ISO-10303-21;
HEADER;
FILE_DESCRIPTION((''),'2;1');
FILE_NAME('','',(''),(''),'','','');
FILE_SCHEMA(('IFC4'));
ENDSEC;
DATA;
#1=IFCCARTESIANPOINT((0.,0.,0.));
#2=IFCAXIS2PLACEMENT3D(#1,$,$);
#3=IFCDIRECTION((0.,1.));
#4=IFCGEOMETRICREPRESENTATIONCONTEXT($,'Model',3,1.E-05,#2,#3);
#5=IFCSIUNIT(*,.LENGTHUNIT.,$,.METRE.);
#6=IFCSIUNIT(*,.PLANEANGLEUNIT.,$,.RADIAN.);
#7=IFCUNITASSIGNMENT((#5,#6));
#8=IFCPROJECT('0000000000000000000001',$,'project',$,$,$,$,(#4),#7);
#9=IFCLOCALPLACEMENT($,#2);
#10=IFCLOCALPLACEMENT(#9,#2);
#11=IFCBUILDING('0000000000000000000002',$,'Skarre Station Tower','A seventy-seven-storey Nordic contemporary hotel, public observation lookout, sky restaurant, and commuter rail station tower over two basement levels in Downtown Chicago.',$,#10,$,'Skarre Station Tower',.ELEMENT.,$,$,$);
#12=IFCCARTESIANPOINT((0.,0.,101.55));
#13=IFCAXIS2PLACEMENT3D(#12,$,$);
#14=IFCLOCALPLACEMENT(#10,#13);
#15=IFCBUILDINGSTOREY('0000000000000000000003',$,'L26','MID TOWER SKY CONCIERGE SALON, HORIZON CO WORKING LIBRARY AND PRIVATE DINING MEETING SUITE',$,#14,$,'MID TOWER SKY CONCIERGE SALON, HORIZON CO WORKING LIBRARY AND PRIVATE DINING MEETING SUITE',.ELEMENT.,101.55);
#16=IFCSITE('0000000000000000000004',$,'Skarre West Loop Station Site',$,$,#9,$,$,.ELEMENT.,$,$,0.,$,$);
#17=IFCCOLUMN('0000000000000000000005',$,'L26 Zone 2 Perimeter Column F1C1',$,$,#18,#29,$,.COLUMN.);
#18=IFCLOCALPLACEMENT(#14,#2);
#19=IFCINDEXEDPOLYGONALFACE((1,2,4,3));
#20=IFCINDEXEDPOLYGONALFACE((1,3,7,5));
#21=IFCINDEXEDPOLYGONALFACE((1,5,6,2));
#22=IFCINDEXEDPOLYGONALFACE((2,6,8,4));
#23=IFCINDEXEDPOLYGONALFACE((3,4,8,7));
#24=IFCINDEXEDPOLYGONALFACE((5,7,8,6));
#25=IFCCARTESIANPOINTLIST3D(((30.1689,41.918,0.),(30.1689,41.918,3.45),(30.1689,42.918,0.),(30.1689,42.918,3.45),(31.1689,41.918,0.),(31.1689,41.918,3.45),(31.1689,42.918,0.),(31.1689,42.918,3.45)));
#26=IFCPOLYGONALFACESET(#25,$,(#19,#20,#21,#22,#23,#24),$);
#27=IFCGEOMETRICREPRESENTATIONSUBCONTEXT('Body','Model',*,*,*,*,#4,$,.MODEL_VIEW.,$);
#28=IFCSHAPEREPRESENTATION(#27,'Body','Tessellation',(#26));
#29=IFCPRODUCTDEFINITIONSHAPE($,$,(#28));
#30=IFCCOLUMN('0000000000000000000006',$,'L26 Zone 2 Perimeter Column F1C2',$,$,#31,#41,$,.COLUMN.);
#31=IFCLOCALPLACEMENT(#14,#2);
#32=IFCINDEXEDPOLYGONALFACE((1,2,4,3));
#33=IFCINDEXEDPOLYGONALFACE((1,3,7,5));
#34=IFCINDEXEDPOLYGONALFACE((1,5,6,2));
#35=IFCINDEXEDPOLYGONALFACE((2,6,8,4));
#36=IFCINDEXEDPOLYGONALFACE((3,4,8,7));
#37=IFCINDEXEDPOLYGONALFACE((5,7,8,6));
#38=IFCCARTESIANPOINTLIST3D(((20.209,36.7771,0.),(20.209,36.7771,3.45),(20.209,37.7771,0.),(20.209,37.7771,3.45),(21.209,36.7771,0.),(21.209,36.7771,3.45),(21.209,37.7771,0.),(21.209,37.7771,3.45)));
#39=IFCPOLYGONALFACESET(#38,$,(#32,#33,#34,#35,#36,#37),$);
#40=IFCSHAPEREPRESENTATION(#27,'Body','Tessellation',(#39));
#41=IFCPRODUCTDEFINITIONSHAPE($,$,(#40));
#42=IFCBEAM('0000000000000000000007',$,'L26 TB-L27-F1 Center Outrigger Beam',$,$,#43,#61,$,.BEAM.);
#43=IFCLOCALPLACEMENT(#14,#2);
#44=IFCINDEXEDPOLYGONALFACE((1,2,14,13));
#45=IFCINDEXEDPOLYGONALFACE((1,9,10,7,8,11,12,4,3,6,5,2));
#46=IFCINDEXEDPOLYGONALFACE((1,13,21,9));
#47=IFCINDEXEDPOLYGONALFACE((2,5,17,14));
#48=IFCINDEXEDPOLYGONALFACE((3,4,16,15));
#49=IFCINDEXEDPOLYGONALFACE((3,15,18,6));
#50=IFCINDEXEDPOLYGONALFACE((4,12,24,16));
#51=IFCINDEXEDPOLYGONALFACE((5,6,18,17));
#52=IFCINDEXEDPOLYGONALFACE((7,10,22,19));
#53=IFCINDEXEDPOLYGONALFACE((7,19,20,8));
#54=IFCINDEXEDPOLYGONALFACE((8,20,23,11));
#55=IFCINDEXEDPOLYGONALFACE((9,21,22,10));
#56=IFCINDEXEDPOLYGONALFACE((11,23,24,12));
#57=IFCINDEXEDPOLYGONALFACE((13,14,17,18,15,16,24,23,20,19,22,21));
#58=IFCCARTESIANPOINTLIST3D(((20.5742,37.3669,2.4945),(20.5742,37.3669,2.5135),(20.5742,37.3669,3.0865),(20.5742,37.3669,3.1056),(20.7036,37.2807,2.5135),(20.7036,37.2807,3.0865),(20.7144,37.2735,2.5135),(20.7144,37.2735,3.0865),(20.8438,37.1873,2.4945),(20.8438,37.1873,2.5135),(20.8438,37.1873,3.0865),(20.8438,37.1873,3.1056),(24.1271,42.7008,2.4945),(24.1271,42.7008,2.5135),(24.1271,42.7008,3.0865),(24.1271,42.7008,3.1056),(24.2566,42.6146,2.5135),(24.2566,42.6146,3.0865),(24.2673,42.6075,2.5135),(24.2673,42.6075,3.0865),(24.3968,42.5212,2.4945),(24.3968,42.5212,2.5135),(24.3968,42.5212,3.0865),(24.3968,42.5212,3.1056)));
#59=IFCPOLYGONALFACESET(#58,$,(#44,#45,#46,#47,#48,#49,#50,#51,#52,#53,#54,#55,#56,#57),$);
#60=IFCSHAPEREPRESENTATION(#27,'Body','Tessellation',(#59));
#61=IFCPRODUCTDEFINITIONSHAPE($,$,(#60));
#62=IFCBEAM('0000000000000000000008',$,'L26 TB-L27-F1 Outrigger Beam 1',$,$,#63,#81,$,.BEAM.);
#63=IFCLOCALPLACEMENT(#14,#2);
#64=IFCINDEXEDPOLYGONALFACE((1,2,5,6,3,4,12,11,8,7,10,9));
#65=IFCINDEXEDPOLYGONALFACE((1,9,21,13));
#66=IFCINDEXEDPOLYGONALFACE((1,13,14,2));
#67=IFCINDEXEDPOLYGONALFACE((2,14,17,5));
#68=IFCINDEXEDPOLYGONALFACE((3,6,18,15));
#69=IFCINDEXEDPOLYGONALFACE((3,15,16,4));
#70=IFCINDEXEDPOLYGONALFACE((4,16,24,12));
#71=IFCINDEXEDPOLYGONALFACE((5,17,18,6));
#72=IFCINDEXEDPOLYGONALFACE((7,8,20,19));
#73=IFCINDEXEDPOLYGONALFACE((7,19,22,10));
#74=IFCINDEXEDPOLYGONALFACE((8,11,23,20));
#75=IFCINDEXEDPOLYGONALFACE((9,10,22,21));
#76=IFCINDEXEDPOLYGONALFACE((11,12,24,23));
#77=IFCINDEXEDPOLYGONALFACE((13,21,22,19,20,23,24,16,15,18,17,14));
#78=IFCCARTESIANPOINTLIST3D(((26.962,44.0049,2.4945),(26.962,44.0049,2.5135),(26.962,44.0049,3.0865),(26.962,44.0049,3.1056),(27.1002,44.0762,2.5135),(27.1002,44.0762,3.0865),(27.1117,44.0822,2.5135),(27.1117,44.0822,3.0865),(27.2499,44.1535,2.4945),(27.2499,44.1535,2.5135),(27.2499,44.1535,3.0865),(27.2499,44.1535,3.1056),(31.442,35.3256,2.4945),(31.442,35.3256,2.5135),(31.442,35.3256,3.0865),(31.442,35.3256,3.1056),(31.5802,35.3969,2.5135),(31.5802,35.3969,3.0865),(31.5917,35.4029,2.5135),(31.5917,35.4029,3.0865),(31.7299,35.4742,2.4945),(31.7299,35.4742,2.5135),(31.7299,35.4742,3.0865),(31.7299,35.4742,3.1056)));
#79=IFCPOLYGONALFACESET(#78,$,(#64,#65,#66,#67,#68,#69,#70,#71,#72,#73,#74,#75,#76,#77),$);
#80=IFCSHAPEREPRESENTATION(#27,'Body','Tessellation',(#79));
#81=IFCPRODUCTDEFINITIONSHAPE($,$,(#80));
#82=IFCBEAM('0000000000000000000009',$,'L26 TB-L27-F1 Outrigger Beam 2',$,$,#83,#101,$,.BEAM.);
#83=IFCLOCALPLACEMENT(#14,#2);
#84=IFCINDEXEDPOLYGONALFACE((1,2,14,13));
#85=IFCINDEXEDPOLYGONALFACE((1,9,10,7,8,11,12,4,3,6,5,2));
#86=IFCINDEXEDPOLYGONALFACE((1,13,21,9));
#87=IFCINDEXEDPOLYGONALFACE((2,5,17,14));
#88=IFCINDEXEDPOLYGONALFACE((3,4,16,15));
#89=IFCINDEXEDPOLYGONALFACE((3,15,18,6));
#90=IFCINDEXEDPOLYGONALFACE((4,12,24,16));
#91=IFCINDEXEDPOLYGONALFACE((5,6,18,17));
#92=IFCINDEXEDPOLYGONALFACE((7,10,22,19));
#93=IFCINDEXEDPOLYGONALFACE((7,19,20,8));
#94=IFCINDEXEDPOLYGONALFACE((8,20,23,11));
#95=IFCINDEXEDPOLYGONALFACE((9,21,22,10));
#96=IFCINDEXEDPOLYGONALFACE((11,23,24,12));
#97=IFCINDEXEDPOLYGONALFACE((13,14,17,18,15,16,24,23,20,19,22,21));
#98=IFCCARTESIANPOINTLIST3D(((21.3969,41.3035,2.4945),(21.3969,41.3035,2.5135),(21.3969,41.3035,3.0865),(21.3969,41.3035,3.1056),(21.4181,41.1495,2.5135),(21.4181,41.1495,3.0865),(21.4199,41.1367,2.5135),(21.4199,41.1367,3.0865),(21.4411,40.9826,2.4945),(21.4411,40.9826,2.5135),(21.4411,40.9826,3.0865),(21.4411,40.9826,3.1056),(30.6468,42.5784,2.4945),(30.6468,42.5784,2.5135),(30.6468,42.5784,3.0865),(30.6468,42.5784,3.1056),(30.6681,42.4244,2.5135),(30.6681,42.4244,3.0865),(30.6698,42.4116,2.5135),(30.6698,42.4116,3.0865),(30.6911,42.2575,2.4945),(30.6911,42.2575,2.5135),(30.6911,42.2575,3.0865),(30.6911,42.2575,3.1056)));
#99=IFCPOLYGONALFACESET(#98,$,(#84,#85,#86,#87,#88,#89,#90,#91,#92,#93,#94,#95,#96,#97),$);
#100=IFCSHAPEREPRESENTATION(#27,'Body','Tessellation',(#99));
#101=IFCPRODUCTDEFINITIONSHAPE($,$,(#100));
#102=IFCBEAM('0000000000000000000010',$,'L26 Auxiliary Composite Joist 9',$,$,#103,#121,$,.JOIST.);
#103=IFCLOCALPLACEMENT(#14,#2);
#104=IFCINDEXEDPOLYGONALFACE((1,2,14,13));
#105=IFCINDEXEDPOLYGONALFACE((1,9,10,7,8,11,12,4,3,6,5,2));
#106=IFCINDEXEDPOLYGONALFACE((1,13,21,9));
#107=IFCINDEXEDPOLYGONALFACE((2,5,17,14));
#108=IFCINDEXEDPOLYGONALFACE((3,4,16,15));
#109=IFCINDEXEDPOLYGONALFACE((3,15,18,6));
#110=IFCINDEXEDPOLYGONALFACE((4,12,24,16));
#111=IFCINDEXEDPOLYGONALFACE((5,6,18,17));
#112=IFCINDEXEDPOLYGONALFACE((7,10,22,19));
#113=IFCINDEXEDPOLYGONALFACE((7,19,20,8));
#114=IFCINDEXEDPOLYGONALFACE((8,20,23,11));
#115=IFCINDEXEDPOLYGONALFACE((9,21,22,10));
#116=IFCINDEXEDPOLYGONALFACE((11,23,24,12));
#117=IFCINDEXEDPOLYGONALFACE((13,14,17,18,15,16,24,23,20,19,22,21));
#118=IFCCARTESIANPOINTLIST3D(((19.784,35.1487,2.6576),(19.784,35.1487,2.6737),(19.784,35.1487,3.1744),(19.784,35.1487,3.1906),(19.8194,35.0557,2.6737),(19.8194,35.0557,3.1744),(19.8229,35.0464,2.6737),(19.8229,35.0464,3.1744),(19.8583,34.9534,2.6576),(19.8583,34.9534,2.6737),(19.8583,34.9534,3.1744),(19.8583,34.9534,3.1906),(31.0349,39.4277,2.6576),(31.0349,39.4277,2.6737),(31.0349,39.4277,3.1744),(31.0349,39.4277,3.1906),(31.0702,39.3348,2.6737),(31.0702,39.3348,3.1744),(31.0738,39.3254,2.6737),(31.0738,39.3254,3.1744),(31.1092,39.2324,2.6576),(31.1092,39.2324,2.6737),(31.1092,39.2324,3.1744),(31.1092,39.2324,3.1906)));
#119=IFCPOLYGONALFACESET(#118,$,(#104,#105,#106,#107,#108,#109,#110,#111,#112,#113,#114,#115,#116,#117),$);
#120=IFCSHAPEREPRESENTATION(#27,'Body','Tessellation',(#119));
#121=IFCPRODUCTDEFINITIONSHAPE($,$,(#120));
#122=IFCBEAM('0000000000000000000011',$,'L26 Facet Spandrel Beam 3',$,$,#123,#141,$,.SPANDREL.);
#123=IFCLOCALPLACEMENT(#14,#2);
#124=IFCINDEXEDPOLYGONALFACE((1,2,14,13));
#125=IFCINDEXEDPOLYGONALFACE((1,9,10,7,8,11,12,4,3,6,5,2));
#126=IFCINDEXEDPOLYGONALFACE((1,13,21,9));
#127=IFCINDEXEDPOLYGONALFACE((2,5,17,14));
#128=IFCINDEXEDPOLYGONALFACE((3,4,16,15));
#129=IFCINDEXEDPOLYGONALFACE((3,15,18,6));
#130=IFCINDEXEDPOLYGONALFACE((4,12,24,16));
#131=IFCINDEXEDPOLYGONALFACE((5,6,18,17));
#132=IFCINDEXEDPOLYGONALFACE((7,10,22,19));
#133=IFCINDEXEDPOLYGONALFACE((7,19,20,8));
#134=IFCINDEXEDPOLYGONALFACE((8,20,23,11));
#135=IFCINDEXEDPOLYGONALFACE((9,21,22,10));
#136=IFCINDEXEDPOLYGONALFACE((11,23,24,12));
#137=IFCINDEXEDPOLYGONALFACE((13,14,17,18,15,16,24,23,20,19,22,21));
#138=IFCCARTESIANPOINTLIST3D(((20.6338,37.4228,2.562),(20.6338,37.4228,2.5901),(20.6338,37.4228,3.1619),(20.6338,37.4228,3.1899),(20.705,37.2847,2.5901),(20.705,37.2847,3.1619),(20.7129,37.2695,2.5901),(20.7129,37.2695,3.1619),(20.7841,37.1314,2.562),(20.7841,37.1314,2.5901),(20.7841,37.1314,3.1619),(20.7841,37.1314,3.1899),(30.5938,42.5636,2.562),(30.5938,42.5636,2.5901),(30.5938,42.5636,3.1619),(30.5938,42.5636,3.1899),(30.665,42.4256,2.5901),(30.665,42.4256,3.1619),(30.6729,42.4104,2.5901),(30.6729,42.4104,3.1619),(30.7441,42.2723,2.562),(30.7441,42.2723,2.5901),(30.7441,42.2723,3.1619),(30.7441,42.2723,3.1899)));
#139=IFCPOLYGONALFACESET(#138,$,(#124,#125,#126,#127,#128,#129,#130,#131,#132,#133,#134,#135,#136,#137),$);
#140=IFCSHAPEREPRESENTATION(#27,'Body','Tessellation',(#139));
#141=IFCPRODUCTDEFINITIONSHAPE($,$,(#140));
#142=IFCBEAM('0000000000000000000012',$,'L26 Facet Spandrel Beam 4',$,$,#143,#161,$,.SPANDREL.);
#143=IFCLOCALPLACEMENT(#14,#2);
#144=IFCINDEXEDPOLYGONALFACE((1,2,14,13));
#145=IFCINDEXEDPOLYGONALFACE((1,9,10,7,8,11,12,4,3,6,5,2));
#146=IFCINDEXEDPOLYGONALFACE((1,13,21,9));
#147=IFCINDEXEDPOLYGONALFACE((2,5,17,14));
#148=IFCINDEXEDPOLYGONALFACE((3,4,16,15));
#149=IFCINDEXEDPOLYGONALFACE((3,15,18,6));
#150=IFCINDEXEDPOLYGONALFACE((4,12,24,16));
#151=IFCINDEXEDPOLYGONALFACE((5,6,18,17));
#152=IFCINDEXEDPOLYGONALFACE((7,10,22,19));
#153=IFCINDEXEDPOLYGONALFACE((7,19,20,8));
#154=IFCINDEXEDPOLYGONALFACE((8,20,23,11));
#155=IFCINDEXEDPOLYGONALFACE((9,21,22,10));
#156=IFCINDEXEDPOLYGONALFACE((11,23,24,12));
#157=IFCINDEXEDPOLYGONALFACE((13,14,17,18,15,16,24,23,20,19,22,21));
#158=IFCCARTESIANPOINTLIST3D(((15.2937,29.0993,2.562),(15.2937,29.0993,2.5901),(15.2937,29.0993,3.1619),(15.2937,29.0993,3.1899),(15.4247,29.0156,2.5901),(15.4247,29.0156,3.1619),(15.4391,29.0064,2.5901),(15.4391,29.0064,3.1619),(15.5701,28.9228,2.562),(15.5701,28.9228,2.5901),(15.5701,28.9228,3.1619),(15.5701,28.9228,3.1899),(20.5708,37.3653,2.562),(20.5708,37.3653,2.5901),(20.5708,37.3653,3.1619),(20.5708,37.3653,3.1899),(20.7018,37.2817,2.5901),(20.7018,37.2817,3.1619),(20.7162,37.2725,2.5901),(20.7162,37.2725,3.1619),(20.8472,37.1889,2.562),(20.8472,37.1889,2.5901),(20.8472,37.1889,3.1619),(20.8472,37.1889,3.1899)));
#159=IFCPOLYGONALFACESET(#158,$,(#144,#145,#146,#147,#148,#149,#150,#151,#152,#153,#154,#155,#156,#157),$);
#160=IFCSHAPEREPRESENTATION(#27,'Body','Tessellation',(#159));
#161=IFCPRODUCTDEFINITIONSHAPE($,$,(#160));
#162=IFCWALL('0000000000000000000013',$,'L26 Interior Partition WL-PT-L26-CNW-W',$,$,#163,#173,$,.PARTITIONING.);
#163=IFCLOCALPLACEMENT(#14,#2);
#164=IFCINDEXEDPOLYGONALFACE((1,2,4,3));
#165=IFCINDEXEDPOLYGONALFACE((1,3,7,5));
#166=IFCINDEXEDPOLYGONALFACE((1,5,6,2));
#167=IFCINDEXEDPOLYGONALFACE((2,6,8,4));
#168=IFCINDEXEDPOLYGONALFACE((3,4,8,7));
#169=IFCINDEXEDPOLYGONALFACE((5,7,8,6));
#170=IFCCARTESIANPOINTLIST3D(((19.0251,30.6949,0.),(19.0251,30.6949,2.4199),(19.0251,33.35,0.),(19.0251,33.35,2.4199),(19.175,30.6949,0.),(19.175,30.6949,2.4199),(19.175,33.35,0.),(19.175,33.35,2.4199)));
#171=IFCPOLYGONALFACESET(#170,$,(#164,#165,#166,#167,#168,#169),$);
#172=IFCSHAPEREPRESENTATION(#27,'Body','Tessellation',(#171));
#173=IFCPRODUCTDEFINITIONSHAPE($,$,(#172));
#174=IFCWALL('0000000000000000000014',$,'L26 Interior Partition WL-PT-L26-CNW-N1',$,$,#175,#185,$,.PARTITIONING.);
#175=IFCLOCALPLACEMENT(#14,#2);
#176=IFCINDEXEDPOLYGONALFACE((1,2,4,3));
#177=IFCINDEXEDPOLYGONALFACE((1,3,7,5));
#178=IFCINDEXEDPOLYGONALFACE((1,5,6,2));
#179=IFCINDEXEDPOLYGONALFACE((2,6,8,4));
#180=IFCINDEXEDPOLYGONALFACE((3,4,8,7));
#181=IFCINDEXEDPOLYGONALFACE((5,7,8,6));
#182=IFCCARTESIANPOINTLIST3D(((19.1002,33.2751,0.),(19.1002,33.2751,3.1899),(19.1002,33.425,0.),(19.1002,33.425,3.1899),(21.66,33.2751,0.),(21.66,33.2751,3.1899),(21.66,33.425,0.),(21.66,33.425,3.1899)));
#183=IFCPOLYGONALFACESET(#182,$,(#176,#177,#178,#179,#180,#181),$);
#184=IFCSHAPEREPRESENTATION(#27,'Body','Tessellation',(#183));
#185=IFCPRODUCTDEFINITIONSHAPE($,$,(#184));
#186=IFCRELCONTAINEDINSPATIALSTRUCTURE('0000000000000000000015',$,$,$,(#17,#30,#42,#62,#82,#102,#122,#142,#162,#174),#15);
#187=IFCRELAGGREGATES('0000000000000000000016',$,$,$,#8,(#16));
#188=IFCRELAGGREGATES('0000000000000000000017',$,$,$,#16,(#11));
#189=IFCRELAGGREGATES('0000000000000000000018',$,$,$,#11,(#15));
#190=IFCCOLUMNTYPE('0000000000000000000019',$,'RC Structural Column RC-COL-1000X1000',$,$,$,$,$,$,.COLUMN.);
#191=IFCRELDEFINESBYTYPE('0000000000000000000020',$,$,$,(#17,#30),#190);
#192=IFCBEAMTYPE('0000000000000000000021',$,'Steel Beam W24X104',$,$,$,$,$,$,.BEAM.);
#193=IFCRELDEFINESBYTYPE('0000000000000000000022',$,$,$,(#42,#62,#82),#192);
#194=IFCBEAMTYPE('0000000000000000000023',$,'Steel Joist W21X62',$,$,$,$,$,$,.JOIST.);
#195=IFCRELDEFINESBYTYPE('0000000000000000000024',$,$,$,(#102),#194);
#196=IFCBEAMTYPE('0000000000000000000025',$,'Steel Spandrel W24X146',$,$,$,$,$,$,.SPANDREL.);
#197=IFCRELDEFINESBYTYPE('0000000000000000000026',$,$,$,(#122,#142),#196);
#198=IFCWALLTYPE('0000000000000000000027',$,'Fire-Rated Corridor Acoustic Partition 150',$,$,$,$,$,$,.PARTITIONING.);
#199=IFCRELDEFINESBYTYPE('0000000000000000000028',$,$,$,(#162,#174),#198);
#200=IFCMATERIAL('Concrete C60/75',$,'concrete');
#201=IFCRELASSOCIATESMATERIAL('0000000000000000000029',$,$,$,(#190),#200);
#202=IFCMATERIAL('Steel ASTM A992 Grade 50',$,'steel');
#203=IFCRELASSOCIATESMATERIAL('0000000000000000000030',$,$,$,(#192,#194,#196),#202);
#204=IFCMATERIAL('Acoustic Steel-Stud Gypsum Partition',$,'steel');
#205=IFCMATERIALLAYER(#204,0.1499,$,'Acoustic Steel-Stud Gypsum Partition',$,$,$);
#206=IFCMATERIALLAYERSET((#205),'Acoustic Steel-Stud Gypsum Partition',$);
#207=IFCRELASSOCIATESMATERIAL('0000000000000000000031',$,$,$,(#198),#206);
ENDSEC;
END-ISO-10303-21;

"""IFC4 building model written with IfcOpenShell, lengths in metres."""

from ifc_helpers import new_model, si_unit, direction, frame, frame_2d, origin, origin_2d, place, context, subcontext, project, spatial, rectangle, i_section, extrude, material, layer, layer_set, material_profile, profile_set, type_object, element, save


model = new_model("IFC4")

# Units and contexts
model_context = context("Model", 3, precision=1e-05, world=origin(), true_north=direction((0.0, 1.0)))
body_context = subcontext(model_context, "Body", "Model", "MODEL_VIEW")
ifc_project = project(units=[si_unit("LENGTHUNIT", "METRE"), si_unit("PLANEANGLEUNIT", "RADIAN")], contexts=[model_context])

# Site, building, storey
site_placement = place(None, origin())
site = spatial("IfcSite", under=ifc_project, at=site_placement, Name="Skarre West Loop Station Site", CompositionType="ELEMENT", RefElevation=0.0)
building_placement = place(site_placement, origin())
building = spatial("IfcBuilding", under=site, at=building_placement, Name="Skarre Station Tower", Description="A seventy-seven-storey Nordic contemporary hotel, public observation lookout, sky restaurant, and commuter rail station tower over two basement levels in Downtown Chicago.", LongName="Skarre Station Tower", CompositionType="ELEMENT")
storey_placement = place(building_placement, frame((0.0, 0.0, 101.55)))
storey = spatial("IfcBuildingStorey", under=building, at=storey_placement, Name="L26", Description="MID TOWER SKY CONCIERGE SALON, HORIZON CO WORKING LIBRARY AND PRIVATE DINING MEETING SUITE", LongName="MID TOWER SKY CONCIERGE SALON, HORIZON CO WORKING LIBRARY AND PRIVATE DINING MEETING SUITE", CompositionType="ELEMENT", Elevation=101.55)

# Columns
ifc_material_1 = material(Name="Concrete C60/75", Category="concrete")
ifc_material_profile_1 = material_profile(ifc_material_1, rectangle(XDim=1.0, YDim=1.0, at=origin_2d()), Name="Concrete C60/75")
ifc_profile_set_1 = profile_set([ifc_material_profile_1], Name="Concrete C60/75")
column_type = type_object("IfcColumnType", Name="RC Structural Column RC-COL-1000X1000", PredefinedType="COLUMN", material=ifc_profile_set_1)
for number, where, z_axis, x_axis, name in (
    (1, (30.6689, 42.418, 0.0), (0.0, 0.0, 1.0), (1.0, 0.0, 0.0), "L26 Zone 2 Perimeter Column F1C1"),
    (2, (20.709, 37.2771, 0.0), (0.0, 0.0, 1.0), (1.0, 0.0, 0.0), "L26 Zone 2 Perimeter Column F1C2"),
):
    element("IfcColumn", number, at=place(storey_placement, frame(where, z_axis=z_axis, x_axis=x_axis)), inside=storey, type_object=column_type, Name=name, PredefinedType="COLUMN", context=body_context, shape_type="SweptSolid", body=[
        extrude(rectangle(XDim=1.0, YDim=1.0, at=origin_2d()), origin(), (0.0, 0.0, 1.0), 3.45),
    ])

# Beams
ifc_material_2 = material(Name="Steel ASTM A992 Grade 50", Category="steel")
ifc_material_profile_2 = material_profile(ifc_material_2, i_section(OverallWidth=0.324, OverallDepth=0.6111, WebThickness=0.0129, FlangeThickness=0.019, at=origin_2d()), Name="Steel ASTM A992 Grade 50")
ifc_profile_set_2 = profile_set([ifc_material_profile_2], Name="Steel ASTM A992 Grade 50")
beam_type_1 = type_object("IfcBeamType", Name="Steel Beam W24X104", PredefinedType="BEAM", material=ifc_profile_set_2)
beam_1_placement = place(storey_placement, frame((20.709, 37.2771, 2.8), z_axis=(0.554375, 0.832267, 0.0), x_axis=(-0.832267, 0.554375, 0.0)))
element("IfcBeam", 3, at=beam_1_placement, inside=storey, type_object=beam_type_1, Name="L26 TB-L27-F1 Center Outrigger Beam", PredefinedType="BEAM", context=body_context, shape_type="SweptSolid", body=[
    extrude(i_section(OverallWidth=0.324, OverallDepth=0.6111, WebThickness=0.0129, FlangeThickness=0.019, at=origin_2d()), origin(), (0.0, 0.0, 1.0), 6.4089),
])
beam_2_placement = place(storey_placement, frame((31.5859, 35.3999, 2.8), z_axis=(-0.458675, 0.888604, 0.0), x_axis=(-0.888604, -0.458675, 0.0)))
element("IfcBeam", 4, at=beam_2_placement, inside=storey, type_object=beam_type_1, Name="L26 TB-L27-F1 Outrigger Beam 1", PredefinedType="BEAM", context=body_context, shape_type="SweptSolid", body=[
    extrude(i_section(OverallWidth=0.324, OverallDepth=0.6111, WebThickness=0.0129, FlangeThickness=0.019, at=origin_2d()), origin(), (0.0, 0.0, 1.0), 9.7673),
])
beam_3_placement = place(storey_placement, frame((30.6689, 42.418, 2.8), z_axis=(-0.990635, -0.136537, 0.0), x_axis=(0.136537, -0.990635, 0.0)))
element("IfcBeam", 5, at=beam_3_placement, inside=storey, type_object=beam_type_1, Name="L26 TB-L27-F1 Outrigger Beam 2", PredefinedType="BEAM", context=body_context, shape_type="SweptSolid", body=[
    extrude(i_section(OverallWidth=0.324, OverallDepth=0.6111, WebThickness=0.0129, FlangeThickness=0.019, at=origin_2d()), origin(), (0.0, 0.0, 1.0), 9.3374),
])
ifc_material_profile_3 = material_profile(ifc_material_2, i_section(OverallWidth=0.209, OverallDepth=0.533, WebThickness=0.01, FlangeThickness=0.0161, at=origin_2d()), Name="Steel ASTM A992 Grade 50")
ifc_profile_set_3 = profile_set([ifc_material_profile_3], Name="Steel ASTM A992 Grade 50")
beam_type_2 = type_object("IfcBeamType", Name="Steel Joist W21X62", PredefinedType="JOIST", material=ifc_profile_set_3)
beam_4_placement = place(storey_placement, frame((31.072, 39.3301, 2.9241), z_axis=(-0.934682, -0.355485, 0.0), x_axis=(0.355485, -0.934682, 0.0)))
element("IfcBeam", 6, at=beam_4_placement, inside=storey, type_object=beam_type_2, Name="L26 Auxiliary Composite Joist 9", PredefinedType="JOIST", context=body_context, shape_type="SweptSolid", body=[
    extrude(i_section(OverallWidth=0.209, OverallDepth=0.533, WebThickness=0.01, FlangeThickness=0.0161, at=origin_2d()), origin(), (0.0, 0.0, 1.0), 12.0371),
])
ifc_material_profile_4 = material_profile(ifc_material_2, i_section(OverallWidth=0.3279, OverallDepth=0.6279, WebThickness=0.0171, FlangeThickness=0.0281, at=origin_2d()), Name="Steel ASTM A992 Grade 50")
ifc_profile_set_4 = profile_set([ifc_material_profile_4], Name="Steel ASTM A992 Grade 50")
beam_type_3 = type_object("IfcBeamType", Name="Steel Spandrel W24X146", PredefinedType="SPANDREL", material=ifc_profile_set_4)
beam_5_placement = place(storey_placement, frame((30.6689, 42.418, 2.876), z_axis=(-0.888612, -0.45866, 0.0), x_axis=(0.45866, -0.888612, 0.0)))
element("IfcBeam", 7, at=beam_5_placement, inside=storey, type_object=beam_type_3, Name="L26 Facet Spandrel Beam 3", PredefinedType="SPANDREL", context=body_context, shape_type="SweptSolid", body=[
    extrude(i_section(OverallWidth=0.3279, OverallDepth=0.6279, WebThickness=0.0171, FlangeThickness=0.0281, at=origin_2d()), origin(), (0.0, 0.0, 1.0), 11.2085),
])
beam_6_placement = place(storey_placement, frame((20.709, 37.2771, 2.876), z_axis=(-0.538098, -0.842883, 0.0), x_axis=(0.842883, -0.538098, 0.0)))
element("IfcBeam", 8, at=beam_6_placement, inside=storey, type_object=beam_type_3, Name="L26 Facet Spandrel Beam 4", PredefinedType="SPANDREL", context=body_context, shape_type="SweptSolid", body=[
    extrude(i_section(OverallWidth=0.3279, OverallDepth=0.6279, WebThickness=0.0171, FlangeThickness=0.0281, at=origin_2d()), origin(), (0.0, 0.0, 1.0), 9.8069),
])

# Walls
ifc_material_3 = material(Name="Acoustic Steel-Stud Gypsum Partition", Category="steel")
ifc_layer_1 = layer(ifc_material_3, 0.1499, Name="Acoustic Steel-Stud Gypsum Partition")
ifc_layer_set_1 = layer_set([ifc_layer_1], Name="Acoustic Steel-Stud Gypsum Partition")
wall_type_1 = type_object("IfcWallType", Name="Fire-Rated Corridor Acoustic Partition 150", PredefinedType="PARTITIONING", material=ifc_layer_set_1)
wall_1_placement = place(storey_placement, frame((19.1001, 33.3501, 0.0), z_axis=(0.0, 0.0, 1.0), x_axis=(0.0, -1.0, 0.0)))
element("IfcWall", 9, at=wall_1_placement, inside=storey, type_object=wall_type_1, Name="L26 Interior Partition WL-PT-L26-CNW-W", PredefinedType="PARTITIONING", context=body_context, shape_type="SweptSolid", body=[
    extrude(rectangle(XDim=2.655, YDim=0.1499, at=frame_2d((1.3276, 0.0))), origin(), (0.0, 0.0, 1.0), 2.4199),
])
wall_2_placement = place(storey_placement, frame((21.6599, 33.3501, 0.0), z_axis=(0.0, 0.0, 1.0), x_axis=(-1.0, 0.0, 0.0)))
element("IfcWall", 10, at=wall_2_placement, inside=storey, type_object=wall_type_1, Name="L26 Interior Partition WL-PT-L26-CNW-N1", PredefinedType="PARTITIONING", context=body_context, shape_type="SweptSolid", body=[
    extrude(rectangle(XDim=2.5598, YDim=0.1499, at=frame_2d((1.2798, 0.0))), origin(), (0.0, 0.0, 1.0), 3.1899),
])

save(model, "model.ifc")
